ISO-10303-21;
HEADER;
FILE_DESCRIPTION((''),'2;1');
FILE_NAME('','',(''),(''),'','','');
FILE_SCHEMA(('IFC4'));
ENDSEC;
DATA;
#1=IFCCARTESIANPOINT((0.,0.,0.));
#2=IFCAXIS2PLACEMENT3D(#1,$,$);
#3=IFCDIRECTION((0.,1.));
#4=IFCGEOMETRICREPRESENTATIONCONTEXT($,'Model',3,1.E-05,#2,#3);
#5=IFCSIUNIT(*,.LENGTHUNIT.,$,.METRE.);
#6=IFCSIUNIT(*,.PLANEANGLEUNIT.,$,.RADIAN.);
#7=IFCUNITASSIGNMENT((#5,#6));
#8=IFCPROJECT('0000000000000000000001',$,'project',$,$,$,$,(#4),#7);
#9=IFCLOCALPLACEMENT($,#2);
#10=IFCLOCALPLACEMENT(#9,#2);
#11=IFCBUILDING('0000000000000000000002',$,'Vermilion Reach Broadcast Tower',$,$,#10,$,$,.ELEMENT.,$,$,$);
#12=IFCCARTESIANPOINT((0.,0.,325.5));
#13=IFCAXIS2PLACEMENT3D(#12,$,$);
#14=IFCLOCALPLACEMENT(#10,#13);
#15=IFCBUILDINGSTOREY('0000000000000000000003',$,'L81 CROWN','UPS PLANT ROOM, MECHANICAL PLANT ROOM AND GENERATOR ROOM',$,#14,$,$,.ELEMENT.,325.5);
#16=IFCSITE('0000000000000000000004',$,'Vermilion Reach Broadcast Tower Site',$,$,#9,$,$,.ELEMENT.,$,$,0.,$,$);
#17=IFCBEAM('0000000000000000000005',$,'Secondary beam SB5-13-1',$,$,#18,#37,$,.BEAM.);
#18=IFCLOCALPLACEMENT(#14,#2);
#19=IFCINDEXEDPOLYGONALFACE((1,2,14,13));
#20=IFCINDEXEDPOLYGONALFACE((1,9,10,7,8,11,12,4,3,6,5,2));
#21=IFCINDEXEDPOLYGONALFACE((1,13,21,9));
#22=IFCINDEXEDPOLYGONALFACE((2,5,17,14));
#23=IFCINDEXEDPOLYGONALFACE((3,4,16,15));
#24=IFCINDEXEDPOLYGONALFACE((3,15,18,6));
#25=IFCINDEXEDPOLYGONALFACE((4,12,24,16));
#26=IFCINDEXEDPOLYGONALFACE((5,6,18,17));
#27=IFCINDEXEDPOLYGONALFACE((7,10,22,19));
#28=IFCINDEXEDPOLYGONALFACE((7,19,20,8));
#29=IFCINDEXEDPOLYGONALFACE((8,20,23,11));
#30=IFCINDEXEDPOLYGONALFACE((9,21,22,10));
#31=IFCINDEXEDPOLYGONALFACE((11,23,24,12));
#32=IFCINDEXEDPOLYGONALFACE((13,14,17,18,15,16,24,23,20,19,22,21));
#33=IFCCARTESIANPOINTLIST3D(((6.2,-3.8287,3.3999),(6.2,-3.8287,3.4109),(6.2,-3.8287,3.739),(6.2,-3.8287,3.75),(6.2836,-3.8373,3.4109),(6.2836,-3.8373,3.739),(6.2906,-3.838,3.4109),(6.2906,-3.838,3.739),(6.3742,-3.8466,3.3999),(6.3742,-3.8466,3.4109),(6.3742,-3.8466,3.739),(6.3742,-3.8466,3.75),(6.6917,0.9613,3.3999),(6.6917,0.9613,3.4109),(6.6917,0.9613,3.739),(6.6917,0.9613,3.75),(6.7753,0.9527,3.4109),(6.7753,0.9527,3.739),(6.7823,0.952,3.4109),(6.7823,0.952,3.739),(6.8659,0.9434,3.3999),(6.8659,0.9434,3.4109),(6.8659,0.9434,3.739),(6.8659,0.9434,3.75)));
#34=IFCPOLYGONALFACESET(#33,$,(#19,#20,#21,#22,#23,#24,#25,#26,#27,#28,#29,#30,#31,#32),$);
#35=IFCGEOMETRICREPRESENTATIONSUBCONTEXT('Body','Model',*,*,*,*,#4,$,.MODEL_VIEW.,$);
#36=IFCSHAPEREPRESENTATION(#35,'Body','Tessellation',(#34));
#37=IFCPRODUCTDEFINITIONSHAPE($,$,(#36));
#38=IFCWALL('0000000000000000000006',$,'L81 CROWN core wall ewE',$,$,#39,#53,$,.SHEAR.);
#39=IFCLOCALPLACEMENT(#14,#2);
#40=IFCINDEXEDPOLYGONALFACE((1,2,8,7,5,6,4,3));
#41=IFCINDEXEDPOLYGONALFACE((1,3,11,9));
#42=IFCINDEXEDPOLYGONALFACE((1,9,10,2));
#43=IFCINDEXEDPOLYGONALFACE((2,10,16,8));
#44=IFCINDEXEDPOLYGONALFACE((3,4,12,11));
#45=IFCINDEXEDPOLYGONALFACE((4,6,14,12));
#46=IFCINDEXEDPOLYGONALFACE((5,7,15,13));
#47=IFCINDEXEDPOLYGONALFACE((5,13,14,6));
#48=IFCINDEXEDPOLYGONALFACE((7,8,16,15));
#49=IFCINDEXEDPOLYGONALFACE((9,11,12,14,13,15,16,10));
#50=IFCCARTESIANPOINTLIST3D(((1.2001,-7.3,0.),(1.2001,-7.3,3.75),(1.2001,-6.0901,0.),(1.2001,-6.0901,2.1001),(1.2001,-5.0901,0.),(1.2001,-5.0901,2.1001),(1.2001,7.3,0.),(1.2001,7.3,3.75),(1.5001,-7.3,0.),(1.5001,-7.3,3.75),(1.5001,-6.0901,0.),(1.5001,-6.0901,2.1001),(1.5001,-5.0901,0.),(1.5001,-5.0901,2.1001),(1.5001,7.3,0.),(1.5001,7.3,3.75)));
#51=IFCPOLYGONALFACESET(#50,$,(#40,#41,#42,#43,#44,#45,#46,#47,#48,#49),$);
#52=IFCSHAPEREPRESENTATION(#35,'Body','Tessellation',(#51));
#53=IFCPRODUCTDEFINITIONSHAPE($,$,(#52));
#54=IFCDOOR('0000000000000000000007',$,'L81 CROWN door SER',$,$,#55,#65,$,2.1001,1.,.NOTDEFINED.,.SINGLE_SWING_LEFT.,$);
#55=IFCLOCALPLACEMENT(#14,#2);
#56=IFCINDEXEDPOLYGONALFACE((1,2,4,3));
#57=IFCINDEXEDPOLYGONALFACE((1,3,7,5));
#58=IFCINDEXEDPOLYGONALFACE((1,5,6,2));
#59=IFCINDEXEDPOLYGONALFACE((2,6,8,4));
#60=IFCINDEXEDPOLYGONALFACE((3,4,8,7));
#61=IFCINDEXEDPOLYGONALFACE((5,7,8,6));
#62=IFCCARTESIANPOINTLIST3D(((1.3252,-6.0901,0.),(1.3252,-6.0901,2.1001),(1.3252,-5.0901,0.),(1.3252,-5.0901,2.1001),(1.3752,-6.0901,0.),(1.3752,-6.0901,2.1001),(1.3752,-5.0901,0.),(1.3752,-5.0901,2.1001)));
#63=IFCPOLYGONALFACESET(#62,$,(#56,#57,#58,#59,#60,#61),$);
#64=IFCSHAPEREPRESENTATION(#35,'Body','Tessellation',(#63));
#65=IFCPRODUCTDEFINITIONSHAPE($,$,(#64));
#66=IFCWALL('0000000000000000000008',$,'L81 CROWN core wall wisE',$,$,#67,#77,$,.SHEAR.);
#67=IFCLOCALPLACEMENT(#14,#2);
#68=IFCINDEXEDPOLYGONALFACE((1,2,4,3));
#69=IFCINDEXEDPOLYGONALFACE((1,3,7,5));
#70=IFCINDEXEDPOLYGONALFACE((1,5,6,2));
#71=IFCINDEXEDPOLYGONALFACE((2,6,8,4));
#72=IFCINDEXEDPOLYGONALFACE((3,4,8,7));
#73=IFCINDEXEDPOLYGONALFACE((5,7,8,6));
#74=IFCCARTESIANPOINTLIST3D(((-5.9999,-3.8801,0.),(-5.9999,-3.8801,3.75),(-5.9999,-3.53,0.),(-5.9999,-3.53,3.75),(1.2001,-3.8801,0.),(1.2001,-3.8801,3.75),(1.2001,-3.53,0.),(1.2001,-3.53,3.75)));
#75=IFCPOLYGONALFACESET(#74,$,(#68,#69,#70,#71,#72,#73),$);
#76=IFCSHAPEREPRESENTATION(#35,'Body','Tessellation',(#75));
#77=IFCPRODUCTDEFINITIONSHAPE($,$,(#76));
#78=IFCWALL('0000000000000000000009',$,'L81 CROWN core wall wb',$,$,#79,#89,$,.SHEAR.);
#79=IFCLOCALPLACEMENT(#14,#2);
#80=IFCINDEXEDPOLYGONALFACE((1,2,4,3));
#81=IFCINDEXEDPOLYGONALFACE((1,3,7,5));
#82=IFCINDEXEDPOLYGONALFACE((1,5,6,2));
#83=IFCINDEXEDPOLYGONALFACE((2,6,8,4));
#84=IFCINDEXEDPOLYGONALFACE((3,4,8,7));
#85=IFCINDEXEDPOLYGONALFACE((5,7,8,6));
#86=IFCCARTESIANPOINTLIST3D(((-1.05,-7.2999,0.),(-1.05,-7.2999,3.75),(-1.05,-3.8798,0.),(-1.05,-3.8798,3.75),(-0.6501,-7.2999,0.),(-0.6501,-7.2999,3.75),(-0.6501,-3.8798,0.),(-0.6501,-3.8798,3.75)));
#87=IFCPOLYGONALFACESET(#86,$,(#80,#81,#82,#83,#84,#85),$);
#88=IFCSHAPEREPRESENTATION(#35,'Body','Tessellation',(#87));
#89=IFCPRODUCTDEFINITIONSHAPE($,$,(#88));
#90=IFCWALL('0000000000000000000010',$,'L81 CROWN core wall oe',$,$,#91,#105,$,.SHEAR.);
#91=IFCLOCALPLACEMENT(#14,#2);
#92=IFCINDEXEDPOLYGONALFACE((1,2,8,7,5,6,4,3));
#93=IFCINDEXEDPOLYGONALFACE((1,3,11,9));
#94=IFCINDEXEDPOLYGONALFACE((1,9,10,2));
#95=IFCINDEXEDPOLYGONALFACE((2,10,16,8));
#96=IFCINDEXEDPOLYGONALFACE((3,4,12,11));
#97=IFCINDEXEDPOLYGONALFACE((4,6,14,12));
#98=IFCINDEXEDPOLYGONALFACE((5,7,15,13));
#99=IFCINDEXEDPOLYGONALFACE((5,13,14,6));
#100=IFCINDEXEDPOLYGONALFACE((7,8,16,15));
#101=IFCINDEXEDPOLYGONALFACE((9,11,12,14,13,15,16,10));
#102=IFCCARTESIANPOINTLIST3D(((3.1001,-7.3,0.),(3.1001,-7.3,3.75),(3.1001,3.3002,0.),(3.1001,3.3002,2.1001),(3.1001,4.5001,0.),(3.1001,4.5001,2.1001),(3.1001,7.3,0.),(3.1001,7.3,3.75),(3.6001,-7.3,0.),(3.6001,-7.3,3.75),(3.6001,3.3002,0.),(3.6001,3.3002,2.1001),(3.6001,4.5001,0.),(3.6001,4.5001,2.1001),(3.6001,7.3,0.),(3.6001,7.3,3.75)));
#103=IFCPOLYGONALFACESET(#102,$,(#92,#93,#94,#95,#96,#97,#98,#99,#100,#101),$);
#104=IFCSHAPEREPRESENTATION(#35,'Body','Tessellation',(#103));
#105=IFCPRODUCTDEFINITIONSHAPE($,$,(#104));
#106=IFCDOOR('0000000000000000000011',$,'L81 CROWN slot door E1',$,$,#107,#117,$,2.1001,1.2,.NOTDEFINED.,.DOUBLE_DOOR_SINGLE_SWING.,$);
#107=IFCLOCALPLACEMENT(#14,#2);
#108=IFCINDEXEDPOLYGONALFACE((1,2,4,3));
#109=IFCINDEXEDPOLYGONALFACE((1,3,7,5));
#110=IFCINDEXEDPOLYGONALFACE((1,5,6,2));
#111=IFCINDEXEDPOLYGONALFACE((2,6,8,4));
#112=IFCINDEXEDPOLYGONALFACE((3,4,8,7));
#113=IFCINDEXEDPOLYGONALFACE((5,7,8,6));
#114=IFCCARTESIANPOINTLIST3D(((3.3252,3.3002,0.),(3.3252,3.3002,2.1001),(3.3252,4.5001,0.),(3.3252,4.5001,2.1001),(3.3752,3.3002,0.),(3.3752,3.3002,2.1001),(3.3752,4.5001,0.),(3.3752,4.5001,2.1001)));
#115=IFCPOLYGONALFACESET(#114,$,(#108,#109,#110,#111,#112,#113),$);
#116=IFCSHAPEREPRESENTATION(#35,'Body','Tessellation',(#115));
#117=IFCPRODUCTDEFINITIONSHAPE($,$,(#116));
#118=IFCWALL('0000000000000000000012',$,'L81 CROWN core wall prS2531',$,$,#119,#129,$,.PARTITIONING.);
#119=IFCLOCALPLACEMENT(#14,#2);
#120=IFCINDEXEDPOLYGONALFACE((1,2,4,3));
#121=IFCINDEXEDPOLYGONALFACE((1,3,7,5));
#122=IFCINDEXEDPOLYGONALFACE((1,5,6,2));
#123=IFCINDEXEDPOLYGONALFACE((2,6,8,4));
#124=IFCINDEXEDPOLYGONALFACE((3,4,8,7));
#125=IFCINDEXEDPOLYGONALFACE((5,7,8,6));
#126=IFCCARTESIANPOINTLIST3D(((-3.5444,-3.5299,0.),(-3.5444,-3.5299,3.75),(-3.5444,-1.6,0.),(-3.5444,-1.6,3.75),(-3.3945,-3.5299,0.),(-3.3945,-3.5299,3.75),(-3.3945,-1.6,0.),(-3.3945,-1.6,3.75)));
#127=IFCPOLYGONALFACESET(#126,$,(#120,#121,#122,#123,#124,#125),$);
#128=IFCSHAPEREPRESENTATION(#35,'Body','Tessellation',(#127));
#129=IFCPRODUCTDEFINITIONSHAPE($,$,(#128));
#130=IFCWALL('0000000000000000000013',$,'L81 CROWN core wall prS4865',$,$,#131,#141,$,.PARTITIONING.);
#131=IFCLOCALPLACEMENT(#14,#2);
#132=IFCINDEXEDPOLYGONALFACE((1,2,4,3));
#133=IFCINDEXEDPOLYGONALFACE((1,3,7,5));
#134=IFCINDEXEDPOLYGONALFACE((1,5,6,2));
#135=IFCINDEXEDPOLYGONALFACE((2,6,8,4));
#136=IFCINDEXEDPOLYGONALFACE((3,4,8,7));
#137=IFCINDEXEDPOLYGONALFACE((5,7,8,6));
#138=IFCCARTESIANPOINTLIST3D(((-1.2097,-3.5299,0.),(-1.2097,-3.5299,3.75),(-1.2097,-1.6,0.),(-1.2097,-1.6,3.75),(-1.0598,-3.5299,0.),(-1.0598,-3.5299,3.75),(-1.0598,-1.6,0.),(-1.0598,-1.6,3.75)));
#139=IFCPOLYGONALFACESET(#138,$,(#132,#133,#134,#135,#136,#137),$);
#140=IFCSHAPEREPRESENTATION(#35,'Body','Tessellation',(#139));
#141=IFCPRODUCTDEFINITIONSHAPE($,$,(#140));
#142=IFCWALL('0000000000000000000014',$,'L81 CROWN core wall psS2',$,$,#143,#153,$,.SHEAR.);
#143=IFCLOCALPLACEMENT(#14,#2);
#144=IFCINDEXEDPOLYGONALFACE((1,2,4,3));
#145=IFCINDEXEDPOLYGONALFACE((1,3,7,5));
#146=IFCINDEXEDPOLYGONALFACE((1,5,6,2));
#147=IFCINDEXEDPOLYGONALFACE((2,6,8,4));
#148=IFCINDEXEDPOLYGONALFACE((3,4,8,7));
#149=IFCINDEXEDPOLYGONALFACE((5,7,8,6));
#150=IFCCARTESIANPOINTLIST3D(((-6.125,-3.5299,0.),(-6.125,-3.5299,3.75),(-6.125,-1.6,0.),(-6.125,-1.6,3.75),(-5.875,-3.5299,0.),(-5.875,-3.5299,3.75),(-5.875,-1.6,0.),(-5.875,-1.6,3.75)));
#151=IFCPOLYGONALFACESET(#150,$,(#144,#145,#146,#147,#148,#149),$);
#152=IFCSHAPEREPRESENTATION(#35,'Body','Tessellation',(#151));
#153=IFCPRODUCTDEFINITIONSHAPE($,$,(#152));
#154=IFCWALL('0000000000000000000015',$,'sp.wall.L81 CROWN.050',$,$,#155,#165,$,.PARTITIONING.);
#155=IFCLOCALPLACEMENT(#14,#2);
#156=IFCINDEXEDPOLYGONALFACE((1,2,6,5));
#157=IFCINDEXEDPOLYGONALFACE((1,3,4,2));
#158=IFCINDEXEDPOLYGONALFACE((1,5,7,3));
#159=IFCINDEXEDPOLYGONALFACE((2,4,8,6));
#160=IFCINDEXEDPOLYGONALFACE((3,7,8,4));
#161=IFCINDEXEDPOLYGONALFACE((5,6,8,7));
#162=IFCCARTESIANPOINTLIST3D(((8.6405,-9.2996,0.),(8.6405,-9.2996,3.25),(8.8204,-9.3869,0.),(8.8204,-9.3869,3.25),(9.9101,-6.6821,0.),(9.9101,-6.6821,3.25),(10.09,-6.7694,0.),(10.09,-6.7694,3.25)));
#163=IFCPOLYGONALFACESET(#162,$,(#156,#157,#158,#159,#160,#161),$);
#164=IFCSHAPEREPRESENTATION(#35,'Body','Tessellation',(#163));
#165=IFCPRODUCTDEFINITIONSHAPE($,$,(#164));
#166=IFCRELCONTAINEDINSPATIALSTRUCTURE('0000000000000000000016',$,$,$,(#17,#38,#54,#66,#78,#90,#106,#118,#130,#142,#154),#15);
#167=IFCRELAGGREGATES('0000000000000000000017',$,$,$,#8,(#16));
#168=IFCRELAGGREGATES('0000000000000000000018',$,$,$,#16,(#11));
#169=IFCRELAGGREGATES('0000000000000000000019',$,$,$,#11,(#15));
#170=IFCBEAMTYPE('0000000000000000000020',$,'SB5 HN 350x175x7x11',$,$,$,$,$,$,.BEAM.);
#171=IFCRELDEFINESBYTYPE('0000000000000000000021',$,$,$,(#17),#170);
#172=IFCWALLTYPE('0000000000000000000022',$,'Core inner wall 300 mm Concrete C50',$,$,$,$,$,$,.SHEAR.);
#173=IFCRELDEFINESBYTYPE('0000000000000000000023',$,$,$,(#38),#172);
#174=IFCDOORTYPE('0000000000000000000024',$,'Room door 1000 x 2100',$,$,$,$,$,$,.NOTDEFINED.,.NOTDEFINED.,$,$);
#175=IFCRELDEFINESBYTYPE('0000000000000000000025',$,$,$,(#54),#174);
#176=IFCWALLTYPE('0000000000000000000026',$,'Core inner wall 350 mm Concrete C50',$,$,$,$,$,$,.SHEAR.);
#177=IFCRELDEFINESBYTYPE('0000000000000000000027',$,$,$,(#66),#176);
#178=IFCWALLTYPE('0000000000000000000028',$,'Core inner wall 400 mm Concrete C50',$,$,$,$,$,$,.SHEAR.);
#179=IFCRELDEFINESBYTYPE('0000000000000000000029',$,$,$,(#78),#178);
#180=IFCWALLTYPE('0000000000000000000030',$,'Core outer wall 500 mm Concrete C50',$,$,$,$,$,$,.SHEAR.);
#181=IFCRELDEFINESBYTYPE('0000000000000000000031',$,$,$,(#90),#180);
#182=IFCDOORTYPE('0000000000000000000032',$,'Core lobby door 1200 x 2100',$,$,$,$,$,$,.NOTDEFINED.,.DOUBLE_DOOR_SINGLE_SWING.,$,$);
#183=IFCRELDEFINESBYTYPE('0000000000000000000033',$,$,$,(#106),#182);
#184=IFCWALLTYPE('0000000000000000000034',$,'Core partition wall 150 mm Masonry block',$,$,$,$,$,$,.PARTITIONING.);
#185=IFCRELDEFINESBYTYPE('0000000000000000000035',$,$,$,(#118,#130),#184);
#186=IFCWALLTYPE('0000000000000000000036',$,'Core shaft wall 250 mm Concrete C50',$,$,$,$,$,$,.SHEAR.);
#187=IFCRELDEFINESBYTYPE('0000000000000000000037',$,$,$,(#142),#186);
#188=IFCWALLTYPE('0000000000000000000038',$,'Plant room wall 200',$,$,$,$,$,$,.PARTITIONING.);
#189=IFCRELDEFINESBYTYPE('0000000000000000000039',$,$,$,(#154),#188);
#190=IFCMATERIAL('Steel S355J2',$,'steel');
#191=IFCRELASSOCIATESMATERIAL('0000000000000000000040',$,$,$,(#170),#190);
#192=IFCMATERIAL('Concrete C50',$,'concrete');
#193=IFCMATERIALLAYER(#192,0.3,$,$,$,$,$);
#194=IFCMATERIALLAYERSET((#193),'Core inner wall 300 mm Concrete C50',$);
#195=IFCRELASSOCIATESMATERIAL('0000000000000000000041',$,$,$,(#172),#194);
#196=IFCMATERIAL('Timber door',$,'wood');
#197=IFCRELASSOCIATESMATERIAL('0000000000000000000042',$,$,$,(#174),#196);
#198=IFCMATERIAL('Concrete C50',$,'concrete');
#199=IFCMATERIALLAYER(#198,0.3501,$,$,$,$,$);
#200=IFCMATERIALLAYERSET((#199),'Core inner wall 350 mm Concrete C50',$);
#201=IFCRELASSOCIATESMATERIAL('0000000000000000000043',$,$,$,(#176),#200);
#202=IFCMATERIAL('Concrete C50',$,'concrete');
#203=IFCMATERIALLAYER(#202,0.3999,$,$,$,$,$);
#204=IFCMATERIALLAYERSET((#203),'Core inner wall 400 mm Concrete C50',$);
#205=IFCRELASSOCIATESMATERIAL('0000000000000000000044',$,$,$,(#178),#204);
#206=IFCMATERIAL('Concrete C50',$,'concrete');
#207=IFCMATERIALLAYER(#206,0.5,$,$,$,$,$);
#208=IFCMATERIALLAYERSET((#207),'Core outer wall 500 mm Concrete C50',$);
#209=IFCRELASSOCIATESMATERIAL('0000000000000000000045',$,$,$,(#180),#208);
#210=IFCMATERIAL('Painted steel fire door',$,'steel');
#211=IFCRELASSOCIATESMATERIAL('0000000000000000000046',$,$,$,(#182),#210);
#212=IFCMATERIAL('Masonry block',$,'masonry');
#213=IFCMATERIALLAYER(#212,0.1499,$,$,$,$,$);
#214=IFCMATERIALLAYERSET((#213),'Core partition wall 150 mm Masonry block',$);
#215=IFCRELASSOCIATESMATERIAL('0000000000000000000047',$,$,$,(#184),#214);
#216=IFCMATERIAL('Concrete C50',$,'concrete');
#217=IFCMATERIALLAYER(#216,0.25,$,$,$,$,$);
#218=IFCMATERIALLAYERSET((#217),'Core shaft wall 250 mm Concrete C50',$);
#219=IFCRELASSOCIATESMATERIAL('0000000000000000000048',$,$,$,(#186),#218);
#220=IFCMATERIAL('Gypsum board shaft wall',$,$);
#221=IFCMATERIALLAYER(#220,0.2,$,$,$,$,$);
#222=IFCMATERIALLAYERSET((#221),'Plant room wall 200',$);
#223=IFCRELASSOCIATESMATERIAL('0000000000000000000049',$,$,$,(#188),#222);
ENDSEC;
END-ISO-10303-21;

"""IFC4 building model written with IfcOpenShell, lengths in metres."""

from ifc_helpers import new_model, si_unit, direction, frame, frame_2d, origin, origin_2d, place, context, subcontext, project, spatial, rectangle, i_section, extrude, material, layer, layer_set, material_profile, profile_set, type_object, element, fill, save


model = new_model("IFC4")

# Units and contexts
model_context = context("Model", 3, precision=1e-05, world=origin(), true_north=direction((0.0, 1.0)))
body_context = subcontext(model_context, "Body", "Model", "MODEL_VIEW")
ifc_project = project(units=[si_unit("LENGTHUNIT", "METRE"), si_unit("PLANEANGLEUNIT", "RADIAN")], contexts=[model_context])

# Site, building, storey
site_placement = place(None, origin())
site = spatial("IfcSite", under=ifc_project, at=site_placement, Name="Vermilion Reach Broadcast Tower Site", CompositionType="ELEMENT", RefElevation=0.0)
building_placement = place(site_placement, origin())
building = spatial("IfcBuilding", under=site, at=building_placement, Name="Vermilion Reach Broadcast Tower", CompositionType="ELEMENT")
storey_placement = place(building_placement, frame((0.0, 0.0, 325.5)))
storey = spatial("IfcBuildingStorey", under=building, at=storey_placement, Name="L81 CROWN", Description="UPS PLANT ROOM, MECHANICAL PLANT ROOM AND GENERATOR ROOM", CompositionType="ELEMENT", Elevation=325.5)

# Beam
ifc_material_1 = material(Name="Steel S355J2", Category="steel")
ifc_material_profile_1 = material_profile(ifc_material_1, i_section(OverallWidth=0.175, OverallDepth=0.3501, WebThickness=0.0071, FlangeThickness=0.011, at=origin_2d()), Name="S355J2 HN 350x175x7x11")
ifc_profile_set_1 = profile_set([ifc_material_profile_1], Name="Steel S355J2")
beam_type_1 = type_object("IfcBeamType", Name="SB5 HN 350x175x7x11", PredefinedType="BEAM", material=ifc_profile_set_1)
beam_1_placement = place(storey_placement, frame((6.2871, -3.8376, 3.575), z_axis=(0.102114, 0.994773, 0.0), x_axis=(-0.994773, 0.102114, 0.0)))
element("IfcBeam", 1, at=beam_1_placement, inside=storey, type_object=beam_type_1, Name="Secondary beam SB5-13-1", PredefinedType="BEAM", context=body_context, shape_type="SweptSolid", body=[
    extrude(i_section(OverallWidth=0.175, OverallDepth=0.3501, WebThickness=0.0071, FlangeThickness=0.011, at=origin_2d()), origin(), (0.0, 0.0, 1.0), 4.8152),
])

# Wall, opening, door
ifc_material_2 = material(Name="Concrete C50", Category="concrete")
ifc_layer_1 = layer(ifc_material_2, 0.3)
ifc_layer_set_1 = layer_set([ifc_layer_1], Name="Core inner wall 300 mm Concrete C50")
wall_type_1 = type_object("IfcWallType", Name="Core inner wall 300 mm Concrete C50", PredefinedType="SHEAR", material=ifc_layer_set_1)
wall_1_placement = place(storey_placement, frame((1.3501, -7.3, 0.0), z_axis=(0.0, 0.0, 1.0), x_axis=(0.0, 1.0, 0.0)))
wall_1 = element("IfcWall", 2, at=wall_1_placement, inside=storey, type_object=wall_type_1, Name="L81 CROWN core wall ewE", PredefinedType="SHEAR", context=body_context, shape_type="SweptSolid", body=[
    extrude(rectangle(XDim=14.6001, YDim=0.3, at=frame_2d((7.3, 0.0))), origin(), (0.0, 0.0, 1.0), 3.75),
])
opening_1_placement = place(wall_1_placement, frame((1.21, 0.0, 0.0)))
opening_1 = element("IfcOpeningElement", 3, at=opening_1_placement, cuts=wall_1, PredefinedType="OPENING", context=body_context, shape_type="SweptSolid", body=[
    extrude(rectangle(XDim=1.0, YDim=2.1001, at=frame_2d((0.5, 1.05))), frame((0.0, 0.1599, 0.0), z_axis=(0.0, -1.0, 0.0), x_axis=(1.0, 0.0, 0.0)), (0.0, 0.0, 1.0), 0.3201),
])
ifc_material_3 = material(Name="Timber door", Category="wood")
door_type_1 = type_object("IfcDoorType", Name="Room door 1000 x 2100", OperationType="NOTDEFINED", PredefinedType="NOTDEFINED", material=ifc_material_3)
door_1_placement = place(opening_1_placement, origin())
door_1 = element("IfcDoor", 4, at=door_1_placement, inside=storey, type_object=door_type_1, Name="L81 CROWN door SER", OperationType="SINGLE_SWING_LEFT", OverallHeight=2.1001, OverallWidth=1.0, PredefinedType="NOTDEFINED", context=body_context, shape_type="SweptSolid", body=[
    extrude(rectangle(XDim=1.0, YDim=2.1001, at=frame_2d((0.5, 1.05))), frame((0.0, 0.0249, 0.0), z_axis=(0.0, -1.0, 0.0), x_axis=(1.0, 0.0, 0.0)), (0.0, 0.0, 1.0), 0.05),
])
fill(opening_1, door_1)

# Walls
ifc_material_4 = material(Name="Concrete C50", Category="concrete")
ifc_layer_2 = layer(ifc_material_4, 0.3501)
ifc_layer_set_2 = layer_set([ifc_layer_2], Name="Core inner wall 350 mm Concrete C50")
wall_type_2 = type_object("IfcWallType", Name="Core inner wall 350 mm Concrete C50", PredefinedType="SHEAR", material=ifc_layer_set_2)
wall_2_placement = place(storey_placement, frame((-6.0, -3.7051, 0.0), z_axis=(0.0, 0.0, 1.0), x_axis=(1.0, 0.0, 0.0)))
element("IfcWall", 5, at=wall_2_placement, inside=storey, type_object=wall_type_2, Name="L81 CROWN core wall wisE", PredefinedType="SHEAR", context=body_context, shape_type="SweptSolid", body=[
    extrude(rectangle(XDim=7.2, YDim=0.3501, at=frame_2d((3.6001, 0.0))), origin(), (0.0, 0.0, 1.0), 3.75),
])
ifc_material_5 = material(Name="Concrete C50", Category="concrete")
ifc_layer_3 = layer(ifc_material_5, 0.3999)
ifc_layer_set_3 = layer_set([ifc_layer_3], Name="Core inner wall 400 mm Concrete C50")
wall_type_3 = type_object("IfcWallType", Name="Core inner wall 400 mm Concrete C50", PredefinedType="SHEAR", material=ifc_layer_set_3)
wall_3_placement = place(storey_placement, frame((-0.8501, -3.8799, 0.0), z_axis=(0.0, 0.0, 1.0), x_axis=(0.0, -1.0, 0.0)))
element("IfcWall", 6, at=wall_3_placement, inside=storey, type_object=wall_type_3, Name="L81 CROWN core wall wb", PredefinedType="SHEAR", context=body_context, shape_type="SweptSolid", body=[
    extrude(rectangle(XDim=3.4202, YDim=0.3999, at=frame_2d((1.71, 0.0))), origin(), (0.0, 0.0, 1.0), 3.75),
])

# Wall, opening, door
ifc_material_6 = material(Name="Concrete C50", Category="concrete")
ifc_layer_4 = layer(ifc_material_6, 0.5)
ifc_layer_set_4 = layer_set([ifc_layer_4], Name="Core outer wall 500 mm Concrete C50")
wall_type_4 = type_object("IfcWallType", Name="Core outer wall 500 mm Concrete C50", PredefinedType="SHEAR", material=ifc_layer_set_4)
wall_4_placement = place(storey_placement, frame((3.3501, -7.3, 0.0), z_axis=(0.0, 0.0, 1.0), x_axis=(0.0, 1.0, 0.0)))
wall_4 = element("IfcWall", 7, at=wall_4_placement, inside=storey, type_object=wall_type_4, Name="L81 CROWN core wall oe", PredefinedType="SHEAR", context=body_context, shape_type="SweptSolid", body=[
    extrude(rectangle(XDim=14.6001, YDim=0.5, at=frame_2d((7.3, 0.0))), origin(), (0.0, 0.0, 1.0), 3.75),
])
opening_2_placement = place(wall_4_placement, frame((10.6001, 0.0, 0.0)))
opening_2 = element("IfcOpeningElement", 8, at=opening_2_placement, cuts=wall_4, PredefinedType="OPENING", context=body_context, shape_type="SweptSolid", body=[
    extrude(rectangle(XDim=1.2, YDim=2.1001, at=frame_2d((0.6001, 1.05))), frame((0.0, 0.26, 0.0), z_axis=(0.0, -1.0, 0.0), x_axis=(1.0, 0.0, 0.0)), (0.0, 0.0, 1.0), 0.52),
])
ifc_material_7 = material(Name="Painted steel fire door", Category="steel")
door_type_2 = type_object("IfcDoorType", Name="Core lobby door 1200 x 2100", OperationType="DOUBLE_DOOR_SINGLE_SWING", PredefinedType="NOTDEFINED", material=ifc_material_7)
door_2_placement = place(opening_2_placement, origin())
door_2 = element("IfcDoor", 9, at=door_2_placement, inside=storey, type_object=door_type_2, Name="L81 CROWN slot door E1", OperationType="DOUBLE_DOOR_SINGLE_SWING", OverallHeight=2.1001, OverallWidth=1.2, PredefinedType="NOTDEFINED", context=body_context, shape_type="SweptSolid", body=[
    extrude(rectangle(XDim=1.2, YDim=2.1001, at=frame_2d((0.6001, 1.05))), frame((0.0, 0.0249, 0.0), z_axis=(0.0, -1.0, 0.0), x_axis=(1.0, 0.0, 0.0)), (0.0, 0.0, 1.0), 0.05),
])
fill(opening_2, door_2)

# Walls
ifc_material_8 = material(Name="Masonry block", Category="masonry")
ifc_layer_5 = layer(ifc_material_8, 0.1499)
ifc_layer_set_5 = layer_set([ifc_layer_5], Name="Core partition wall 150 mm Masonry block")
wall_type_5 = type_object("IfcWallType", Name="Core partition wall 150 mm Masonry block", PredefinedType="PARTITIONING", material=ifc_layer_set_5)
for number, where, z_axis, x_axis, name in (
    (10, (-3.4695, -1.6001, 0.0), (0.0, 0.0, 1.0), (0.0, -1.0, 0.0), "L81 CROWN core wall prS2531"),
    (11, (-1.1348, -1.6001, 0.0), (0.0, 0.0, 1.0), (0.0, -1.0, 0.0), "L81 CROWN core wall prS4865"),
):
    element("IfcWall", number, at=place(storey_placement, frame(where, z_axis=z_axis, x_axis=x_axis)), inside=storey, type_object=wall_type_5, Name=name, PredefinedType="PARTITIONING", context=body_context, shape_type="SweptSolid", body=[
        extrude(rectangle(XDim=1.9299, YDim=0.1499, at=frame_2d((0.9648, 0.0))), origin(), (0.0, 0.0, 1.0), 3.75),
    ])

# Walls
ifc_material_9 = material(Name="Concrete C50", Category="concrete")
ifc_layer_6 = layer(ifc_material_9, 0.25)
ifc_layer_set_6 = layer_set([ifc_layer_6], Name="Core shaft wall 250 mm Concrete C50")
wall_type_6 = type_object("IfcWallType", Name="Core shaft wall 250 mm Concrete C50", PredefinedType="SHEAR", material=ifc_layer_set_6)
wall_5_placement = place(storey_placement, frame((-6.0, -1.6001, 0.0), z_axis=(0.0, 0.0, 1.0), x_axis=(0.0, -1.0, 0.0)))
element("IfcWall", 12, at=wall_5_placement, inside=storey, type_object=wall_type_6, Name="L81 CROWN core wall psS2", PredefinedType="SHEAR", context=body_context, shape_type="SweptSolid", body=[
    extrude(rectangle(XDim=1.9299, YDim=0.25, at=frame_2d((0.9648, 0.0))), origin(), (0.0, 0.0, 1.0), 3.75),
])
ifc_material_10 = material(Name="Gypsum board shaft wall")
ifc_layer_7 = layer(ifc_material_10, 0.2)
ifc_layer_set_7 = layer_set([ifc_layer_7], Name="Plant room wall 200")
wall_type_7 = type_object("IfcWallType", Name="Plant room wall 200", PredefinedType="PARTITIONING", material=ifc_layer_set_7)
wall_6_placement = place(storey_placement, frame((8.7305, -9.3433, 0.0), z_axis=(0.0, 0.0, 1.0), x_axis=(0.436405, 0.89975, 0.0)))
element("IfcWall", 13, at=wall_6_placement, inside=storey, type_object=wall_type_7, Name="sp.wall.L81 CROWN.050", PredefinedType="PARTITIONING", context=body_context, shape_type="SweptSolid", body=[
    extrude(rectangle(XDim=2.9092, YDim=0.2, at=frame_2d((1.4546, 0.0))), origin(), (0.0, 0.0, 1.0), 3.25),
])

save(model, "model.ifc")
